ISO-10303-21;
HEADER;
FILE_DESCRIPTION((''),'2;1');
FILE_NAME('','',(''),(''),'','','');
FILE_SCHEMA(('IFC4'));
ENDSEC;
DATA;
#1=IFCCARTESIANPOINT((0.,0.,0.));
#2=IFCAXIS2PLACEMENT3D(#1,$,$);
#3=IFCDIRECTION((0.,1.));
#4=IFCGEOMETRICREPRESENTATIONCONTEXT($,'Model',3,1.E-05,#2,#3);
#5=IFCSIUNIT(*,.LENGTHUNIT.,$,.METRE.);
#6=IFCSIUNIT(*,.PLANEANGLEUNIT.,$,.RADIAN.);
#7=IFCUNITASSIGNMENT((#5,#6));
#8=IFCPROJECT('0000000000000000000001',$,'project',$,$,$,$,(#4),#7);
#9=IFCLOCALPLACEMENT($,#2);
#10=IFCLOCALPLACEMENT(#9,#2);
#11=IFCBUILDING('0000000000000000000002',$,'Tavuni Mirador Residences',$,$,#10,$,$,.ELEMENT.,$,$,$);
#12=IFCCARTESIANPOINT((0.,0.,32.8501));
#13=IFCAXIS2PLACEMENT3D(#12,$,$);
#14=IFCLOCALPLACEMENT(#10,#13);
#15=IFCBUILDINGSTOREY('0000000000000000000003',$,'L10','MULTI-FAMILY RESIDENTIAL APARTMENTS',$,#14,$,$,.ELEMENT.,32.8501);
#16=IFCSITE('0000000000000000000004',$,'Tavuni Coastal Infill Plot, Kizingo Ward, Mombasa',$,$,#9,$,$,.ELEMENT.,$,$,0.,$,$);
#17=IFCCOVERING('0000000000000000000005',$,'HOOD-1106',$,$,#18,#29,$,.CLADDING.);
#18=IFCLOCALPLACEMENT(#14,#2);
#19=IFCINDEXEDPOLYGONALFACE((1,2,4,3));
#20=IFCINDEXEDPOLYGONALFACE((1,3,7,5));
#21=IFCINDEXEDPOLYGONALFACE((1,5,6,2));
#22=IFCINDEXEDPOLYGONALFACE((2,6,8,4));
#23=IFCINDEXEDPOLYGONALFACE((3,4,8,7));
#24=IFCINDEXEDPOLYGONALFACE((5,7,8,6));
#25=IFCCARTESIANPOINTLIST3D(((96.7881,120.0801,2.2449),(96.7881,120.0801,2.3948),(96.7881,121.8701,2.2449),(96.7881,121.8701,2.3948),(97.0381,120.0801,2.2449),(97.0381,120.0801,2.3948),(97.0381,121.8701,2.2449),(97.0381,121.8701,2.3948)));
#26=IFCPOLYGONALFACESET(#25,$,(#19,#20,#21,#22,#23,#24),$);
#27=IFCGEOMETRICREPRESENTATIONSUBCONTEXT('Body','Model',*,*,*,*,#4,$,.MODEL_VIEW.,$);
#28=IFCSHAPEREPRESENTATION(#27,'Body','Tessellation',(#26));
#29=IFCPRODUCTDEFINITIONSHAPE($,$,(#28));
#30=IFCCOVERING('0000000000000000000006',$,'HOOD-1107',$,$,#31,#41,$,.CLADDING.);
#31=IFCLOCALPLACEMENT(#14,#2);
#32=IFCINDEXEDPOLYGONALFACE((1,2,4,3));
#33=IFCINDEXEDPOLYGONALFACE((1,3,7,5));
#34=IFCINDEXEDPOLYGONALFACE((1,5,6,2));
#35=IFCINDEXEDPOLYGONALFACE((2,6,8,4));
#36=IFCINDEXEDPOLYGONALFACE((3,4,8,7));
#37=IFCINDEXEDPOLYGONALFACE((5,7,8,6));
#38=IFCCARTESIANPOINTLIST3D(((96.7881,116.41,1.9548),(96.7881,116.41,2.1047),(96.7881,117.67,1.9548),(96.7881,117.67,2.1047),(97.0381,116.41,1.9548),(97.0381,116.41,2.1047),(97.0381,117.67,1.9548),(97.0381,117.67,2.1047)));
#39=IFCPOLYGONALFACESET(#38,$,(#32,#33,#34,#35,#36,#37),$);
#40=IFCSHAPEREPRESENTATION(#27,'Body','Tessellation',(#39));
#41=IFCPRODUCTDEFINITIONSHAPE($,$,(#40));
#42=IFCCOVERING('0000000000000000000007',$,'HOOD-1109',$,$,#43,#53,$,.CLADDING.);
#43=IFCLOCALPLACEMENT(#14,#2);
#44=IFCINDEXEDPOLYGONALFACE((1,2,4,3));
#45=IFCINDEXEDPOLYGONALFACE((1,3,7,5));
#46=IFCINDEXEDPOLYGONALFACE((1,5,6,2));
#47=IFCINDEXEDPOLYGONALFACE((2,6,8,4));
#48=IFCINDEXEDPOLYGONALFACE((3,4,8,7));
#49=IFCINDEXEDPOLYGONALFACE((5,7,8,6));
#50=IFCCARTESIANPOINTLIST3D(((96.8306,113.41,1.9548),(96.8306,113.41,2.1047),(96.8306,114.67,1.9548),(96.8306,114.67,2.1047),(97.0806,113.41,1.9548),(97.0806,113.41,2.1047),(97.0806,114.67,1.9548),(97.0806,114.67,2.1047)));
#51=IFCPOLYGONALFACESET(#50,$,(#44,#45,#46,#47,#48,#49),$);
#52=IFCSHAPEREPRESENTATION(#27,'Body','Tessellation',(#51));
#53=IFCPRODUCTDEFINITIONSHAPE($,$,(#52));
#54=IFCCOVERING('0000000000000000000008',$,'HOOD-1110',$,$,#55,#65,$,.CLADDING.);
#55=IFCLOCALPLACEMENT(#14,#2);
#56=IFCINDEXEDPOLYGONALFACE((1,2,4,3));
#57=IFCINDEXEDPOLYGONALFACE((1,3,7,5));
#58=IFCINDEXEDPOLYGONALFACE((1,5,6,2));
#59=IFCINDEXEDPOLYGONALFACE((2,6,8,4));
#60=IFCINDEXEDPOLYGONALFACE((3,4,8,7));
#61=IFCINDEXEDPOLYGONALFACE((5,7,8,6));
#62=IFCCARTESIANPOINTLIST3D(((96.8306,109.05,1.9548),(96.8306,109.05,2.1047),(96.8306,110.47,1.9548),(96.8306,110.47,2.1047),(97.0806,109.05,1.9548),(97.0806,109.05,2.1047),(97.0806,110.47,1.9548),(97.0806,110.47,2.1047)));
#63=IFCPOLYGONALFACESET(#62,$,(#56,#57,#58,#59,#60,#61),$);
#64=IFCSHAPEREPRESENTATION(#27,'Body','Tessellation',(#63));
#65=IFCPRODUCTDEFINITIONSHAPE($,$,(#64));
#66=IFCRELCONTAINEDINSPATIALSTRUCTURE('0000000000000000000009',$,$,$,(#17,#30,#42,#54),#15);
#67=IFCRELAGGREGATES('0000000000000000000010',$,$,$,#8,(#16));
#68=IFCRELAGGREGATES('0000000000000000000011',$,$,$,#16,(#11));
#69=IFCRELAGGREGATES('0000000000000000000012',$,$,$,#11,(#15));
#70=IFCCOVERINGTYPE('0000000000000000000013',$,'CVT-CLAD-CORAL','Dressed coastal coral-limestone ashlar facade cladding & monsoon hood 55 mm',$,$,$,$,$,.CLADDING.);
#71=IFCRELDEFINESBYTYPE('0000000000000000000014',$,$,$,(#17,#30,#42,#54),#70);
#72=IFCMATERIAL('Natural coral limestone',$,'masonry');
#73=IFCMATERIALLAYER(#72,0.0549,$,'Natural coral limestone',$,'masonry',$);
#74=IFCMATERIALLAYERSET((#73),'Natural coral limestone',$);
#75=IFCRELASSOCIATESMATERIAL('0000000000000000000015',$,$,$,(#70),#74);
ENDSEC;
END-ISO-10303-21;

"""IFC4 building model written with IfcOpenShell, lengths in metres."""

from ifc_helpers import new_model, si_unit, direction, frame, origin, origin_2d, place, context, subcontext, project, spatial, rectangle, extrude, material, layer, layer_set, type_object, element, save


model = new_model("IFC4")

# Units and contexts
model_context = context("Model", 3, precision=1e-05, world=origin(), true_north=direction((0.0, 1.0)))
body_context = subcontext(model_context, "Body", "Model", "MODEL_VIEW")
ifc_project = project(units=[si_unit("LENGTHUNIT", "METRE"), si_unit("PLANEANGLEUNIT", "RADIAN")], contexts=[model_context])

# Site, building, storey
site_placement = place(None, origin())
site = spatial("IfcSite", under=ifc_project, at=site_placement, Name="Tavuni Coastal Infill Plot, Kizingo Ward, Mombasa", CompositionType="ELEMENT", RefElevation=0.0)
building_placement = place(site_placement, origin())
building = spatial("IfcBuilding", under=site, at=building_placement, Name="Tavuni Mirador Residences", CompositionType="ELEMENT")
storey_placement = place(building_placement, frame((0.0, 0.0, 32.8501)))
storey = spatial("IfcBuildingStorey", under=building, at=storey_placement, Name="L10", Description="MULTI-FAMILY RESIDENTIAL APARTMENTS", CompositionType="ELEMENT", Elevation=32.8501)

# Coverings
ifc_material_1 = material(Name="Natural coral limestone", Category="masonry")
ifc_layer_1 = layer(ifc_material_1, 0.0549, Name="Natural coral limestone", Category="masonry")
ifc_layer_set_1 = layer_set([ifc_layer_1], Name="Natural coral limestone")
covering_type = type_object("IfcCoveringType", Name="CVT-CLAD-CORAL", Description="Dressed coastal coral-limestone ashlar facade cladding & monsoon hood 55 mm", PredefinedType="CLADDING", material=ifc_layer_set_1)
covering_1_placement = place(storey_placement, frame((96.9131, 120.9751, 2.2449), z_axis=(0.0, 0.0, 1.0), x_axis=(0.0, -1.0, 0.0)))
element("IfcCovering", 1, at=covering_1_placement, inside=storey, type_object=covering_type, Name="HOOD-1106", PredefinedType="CLADDING", context=body_context, shape_type="SweptSolid", body=[
    extrude(rectangle(XDim=1.79, YDim=0.25, at=origin_2d()), origin(), (0.0, 0.0, 1.0), 0.1499),
])
for number, where, z_axis, x_axis, name in (
    (2, (96.9131, 117.04, 1.9548), (0.0, 0.0, 1.0), (0.0, -1.0, 0.0), "HOOD-1107"),
    (3, (96.9556, 114.04, 1.9548), (0.0, 0.0, 1.0), (0.0, -1.0, 0.0), "HOOD-1109"),
):
    element("IfcCovering", number, at=place(storey_placement, frame(where, z_axis=z_axis, x_axis=x_axis)), inside=storey, type_object=covering_type, Name=name, PredefinedType="CLADDING", context=body_context, shape_type="SweptSolid", body=[
        extrude(rectangle(XDim=1.26, YDim=0.25, at=origin_2d()), origin(), (0.0, 0.0, 1.0), 0.1499),
    ])
covering_2_placement = place(storey_placement, frame((96.9556, 109.76, 1.9548), z_axis=(0.0, 0.0, 1.0), x_axis=(0.0, -1.0, 0.0)))
element("IfcCovering", 4, at=covering_2_placement, inside=storey, type_object=covering_type, Name="HOOD-1110", PredefinedType="CLADDING", context=body_context, shape_type="SweptSolid", body=[
    extrude(rectangle(XDim=1.4199, YDim=0.25, at=origin_2d()), origin(), (0.0, 0.0, 1.0), 0.1499),
])

save(model, "model.ifc")
